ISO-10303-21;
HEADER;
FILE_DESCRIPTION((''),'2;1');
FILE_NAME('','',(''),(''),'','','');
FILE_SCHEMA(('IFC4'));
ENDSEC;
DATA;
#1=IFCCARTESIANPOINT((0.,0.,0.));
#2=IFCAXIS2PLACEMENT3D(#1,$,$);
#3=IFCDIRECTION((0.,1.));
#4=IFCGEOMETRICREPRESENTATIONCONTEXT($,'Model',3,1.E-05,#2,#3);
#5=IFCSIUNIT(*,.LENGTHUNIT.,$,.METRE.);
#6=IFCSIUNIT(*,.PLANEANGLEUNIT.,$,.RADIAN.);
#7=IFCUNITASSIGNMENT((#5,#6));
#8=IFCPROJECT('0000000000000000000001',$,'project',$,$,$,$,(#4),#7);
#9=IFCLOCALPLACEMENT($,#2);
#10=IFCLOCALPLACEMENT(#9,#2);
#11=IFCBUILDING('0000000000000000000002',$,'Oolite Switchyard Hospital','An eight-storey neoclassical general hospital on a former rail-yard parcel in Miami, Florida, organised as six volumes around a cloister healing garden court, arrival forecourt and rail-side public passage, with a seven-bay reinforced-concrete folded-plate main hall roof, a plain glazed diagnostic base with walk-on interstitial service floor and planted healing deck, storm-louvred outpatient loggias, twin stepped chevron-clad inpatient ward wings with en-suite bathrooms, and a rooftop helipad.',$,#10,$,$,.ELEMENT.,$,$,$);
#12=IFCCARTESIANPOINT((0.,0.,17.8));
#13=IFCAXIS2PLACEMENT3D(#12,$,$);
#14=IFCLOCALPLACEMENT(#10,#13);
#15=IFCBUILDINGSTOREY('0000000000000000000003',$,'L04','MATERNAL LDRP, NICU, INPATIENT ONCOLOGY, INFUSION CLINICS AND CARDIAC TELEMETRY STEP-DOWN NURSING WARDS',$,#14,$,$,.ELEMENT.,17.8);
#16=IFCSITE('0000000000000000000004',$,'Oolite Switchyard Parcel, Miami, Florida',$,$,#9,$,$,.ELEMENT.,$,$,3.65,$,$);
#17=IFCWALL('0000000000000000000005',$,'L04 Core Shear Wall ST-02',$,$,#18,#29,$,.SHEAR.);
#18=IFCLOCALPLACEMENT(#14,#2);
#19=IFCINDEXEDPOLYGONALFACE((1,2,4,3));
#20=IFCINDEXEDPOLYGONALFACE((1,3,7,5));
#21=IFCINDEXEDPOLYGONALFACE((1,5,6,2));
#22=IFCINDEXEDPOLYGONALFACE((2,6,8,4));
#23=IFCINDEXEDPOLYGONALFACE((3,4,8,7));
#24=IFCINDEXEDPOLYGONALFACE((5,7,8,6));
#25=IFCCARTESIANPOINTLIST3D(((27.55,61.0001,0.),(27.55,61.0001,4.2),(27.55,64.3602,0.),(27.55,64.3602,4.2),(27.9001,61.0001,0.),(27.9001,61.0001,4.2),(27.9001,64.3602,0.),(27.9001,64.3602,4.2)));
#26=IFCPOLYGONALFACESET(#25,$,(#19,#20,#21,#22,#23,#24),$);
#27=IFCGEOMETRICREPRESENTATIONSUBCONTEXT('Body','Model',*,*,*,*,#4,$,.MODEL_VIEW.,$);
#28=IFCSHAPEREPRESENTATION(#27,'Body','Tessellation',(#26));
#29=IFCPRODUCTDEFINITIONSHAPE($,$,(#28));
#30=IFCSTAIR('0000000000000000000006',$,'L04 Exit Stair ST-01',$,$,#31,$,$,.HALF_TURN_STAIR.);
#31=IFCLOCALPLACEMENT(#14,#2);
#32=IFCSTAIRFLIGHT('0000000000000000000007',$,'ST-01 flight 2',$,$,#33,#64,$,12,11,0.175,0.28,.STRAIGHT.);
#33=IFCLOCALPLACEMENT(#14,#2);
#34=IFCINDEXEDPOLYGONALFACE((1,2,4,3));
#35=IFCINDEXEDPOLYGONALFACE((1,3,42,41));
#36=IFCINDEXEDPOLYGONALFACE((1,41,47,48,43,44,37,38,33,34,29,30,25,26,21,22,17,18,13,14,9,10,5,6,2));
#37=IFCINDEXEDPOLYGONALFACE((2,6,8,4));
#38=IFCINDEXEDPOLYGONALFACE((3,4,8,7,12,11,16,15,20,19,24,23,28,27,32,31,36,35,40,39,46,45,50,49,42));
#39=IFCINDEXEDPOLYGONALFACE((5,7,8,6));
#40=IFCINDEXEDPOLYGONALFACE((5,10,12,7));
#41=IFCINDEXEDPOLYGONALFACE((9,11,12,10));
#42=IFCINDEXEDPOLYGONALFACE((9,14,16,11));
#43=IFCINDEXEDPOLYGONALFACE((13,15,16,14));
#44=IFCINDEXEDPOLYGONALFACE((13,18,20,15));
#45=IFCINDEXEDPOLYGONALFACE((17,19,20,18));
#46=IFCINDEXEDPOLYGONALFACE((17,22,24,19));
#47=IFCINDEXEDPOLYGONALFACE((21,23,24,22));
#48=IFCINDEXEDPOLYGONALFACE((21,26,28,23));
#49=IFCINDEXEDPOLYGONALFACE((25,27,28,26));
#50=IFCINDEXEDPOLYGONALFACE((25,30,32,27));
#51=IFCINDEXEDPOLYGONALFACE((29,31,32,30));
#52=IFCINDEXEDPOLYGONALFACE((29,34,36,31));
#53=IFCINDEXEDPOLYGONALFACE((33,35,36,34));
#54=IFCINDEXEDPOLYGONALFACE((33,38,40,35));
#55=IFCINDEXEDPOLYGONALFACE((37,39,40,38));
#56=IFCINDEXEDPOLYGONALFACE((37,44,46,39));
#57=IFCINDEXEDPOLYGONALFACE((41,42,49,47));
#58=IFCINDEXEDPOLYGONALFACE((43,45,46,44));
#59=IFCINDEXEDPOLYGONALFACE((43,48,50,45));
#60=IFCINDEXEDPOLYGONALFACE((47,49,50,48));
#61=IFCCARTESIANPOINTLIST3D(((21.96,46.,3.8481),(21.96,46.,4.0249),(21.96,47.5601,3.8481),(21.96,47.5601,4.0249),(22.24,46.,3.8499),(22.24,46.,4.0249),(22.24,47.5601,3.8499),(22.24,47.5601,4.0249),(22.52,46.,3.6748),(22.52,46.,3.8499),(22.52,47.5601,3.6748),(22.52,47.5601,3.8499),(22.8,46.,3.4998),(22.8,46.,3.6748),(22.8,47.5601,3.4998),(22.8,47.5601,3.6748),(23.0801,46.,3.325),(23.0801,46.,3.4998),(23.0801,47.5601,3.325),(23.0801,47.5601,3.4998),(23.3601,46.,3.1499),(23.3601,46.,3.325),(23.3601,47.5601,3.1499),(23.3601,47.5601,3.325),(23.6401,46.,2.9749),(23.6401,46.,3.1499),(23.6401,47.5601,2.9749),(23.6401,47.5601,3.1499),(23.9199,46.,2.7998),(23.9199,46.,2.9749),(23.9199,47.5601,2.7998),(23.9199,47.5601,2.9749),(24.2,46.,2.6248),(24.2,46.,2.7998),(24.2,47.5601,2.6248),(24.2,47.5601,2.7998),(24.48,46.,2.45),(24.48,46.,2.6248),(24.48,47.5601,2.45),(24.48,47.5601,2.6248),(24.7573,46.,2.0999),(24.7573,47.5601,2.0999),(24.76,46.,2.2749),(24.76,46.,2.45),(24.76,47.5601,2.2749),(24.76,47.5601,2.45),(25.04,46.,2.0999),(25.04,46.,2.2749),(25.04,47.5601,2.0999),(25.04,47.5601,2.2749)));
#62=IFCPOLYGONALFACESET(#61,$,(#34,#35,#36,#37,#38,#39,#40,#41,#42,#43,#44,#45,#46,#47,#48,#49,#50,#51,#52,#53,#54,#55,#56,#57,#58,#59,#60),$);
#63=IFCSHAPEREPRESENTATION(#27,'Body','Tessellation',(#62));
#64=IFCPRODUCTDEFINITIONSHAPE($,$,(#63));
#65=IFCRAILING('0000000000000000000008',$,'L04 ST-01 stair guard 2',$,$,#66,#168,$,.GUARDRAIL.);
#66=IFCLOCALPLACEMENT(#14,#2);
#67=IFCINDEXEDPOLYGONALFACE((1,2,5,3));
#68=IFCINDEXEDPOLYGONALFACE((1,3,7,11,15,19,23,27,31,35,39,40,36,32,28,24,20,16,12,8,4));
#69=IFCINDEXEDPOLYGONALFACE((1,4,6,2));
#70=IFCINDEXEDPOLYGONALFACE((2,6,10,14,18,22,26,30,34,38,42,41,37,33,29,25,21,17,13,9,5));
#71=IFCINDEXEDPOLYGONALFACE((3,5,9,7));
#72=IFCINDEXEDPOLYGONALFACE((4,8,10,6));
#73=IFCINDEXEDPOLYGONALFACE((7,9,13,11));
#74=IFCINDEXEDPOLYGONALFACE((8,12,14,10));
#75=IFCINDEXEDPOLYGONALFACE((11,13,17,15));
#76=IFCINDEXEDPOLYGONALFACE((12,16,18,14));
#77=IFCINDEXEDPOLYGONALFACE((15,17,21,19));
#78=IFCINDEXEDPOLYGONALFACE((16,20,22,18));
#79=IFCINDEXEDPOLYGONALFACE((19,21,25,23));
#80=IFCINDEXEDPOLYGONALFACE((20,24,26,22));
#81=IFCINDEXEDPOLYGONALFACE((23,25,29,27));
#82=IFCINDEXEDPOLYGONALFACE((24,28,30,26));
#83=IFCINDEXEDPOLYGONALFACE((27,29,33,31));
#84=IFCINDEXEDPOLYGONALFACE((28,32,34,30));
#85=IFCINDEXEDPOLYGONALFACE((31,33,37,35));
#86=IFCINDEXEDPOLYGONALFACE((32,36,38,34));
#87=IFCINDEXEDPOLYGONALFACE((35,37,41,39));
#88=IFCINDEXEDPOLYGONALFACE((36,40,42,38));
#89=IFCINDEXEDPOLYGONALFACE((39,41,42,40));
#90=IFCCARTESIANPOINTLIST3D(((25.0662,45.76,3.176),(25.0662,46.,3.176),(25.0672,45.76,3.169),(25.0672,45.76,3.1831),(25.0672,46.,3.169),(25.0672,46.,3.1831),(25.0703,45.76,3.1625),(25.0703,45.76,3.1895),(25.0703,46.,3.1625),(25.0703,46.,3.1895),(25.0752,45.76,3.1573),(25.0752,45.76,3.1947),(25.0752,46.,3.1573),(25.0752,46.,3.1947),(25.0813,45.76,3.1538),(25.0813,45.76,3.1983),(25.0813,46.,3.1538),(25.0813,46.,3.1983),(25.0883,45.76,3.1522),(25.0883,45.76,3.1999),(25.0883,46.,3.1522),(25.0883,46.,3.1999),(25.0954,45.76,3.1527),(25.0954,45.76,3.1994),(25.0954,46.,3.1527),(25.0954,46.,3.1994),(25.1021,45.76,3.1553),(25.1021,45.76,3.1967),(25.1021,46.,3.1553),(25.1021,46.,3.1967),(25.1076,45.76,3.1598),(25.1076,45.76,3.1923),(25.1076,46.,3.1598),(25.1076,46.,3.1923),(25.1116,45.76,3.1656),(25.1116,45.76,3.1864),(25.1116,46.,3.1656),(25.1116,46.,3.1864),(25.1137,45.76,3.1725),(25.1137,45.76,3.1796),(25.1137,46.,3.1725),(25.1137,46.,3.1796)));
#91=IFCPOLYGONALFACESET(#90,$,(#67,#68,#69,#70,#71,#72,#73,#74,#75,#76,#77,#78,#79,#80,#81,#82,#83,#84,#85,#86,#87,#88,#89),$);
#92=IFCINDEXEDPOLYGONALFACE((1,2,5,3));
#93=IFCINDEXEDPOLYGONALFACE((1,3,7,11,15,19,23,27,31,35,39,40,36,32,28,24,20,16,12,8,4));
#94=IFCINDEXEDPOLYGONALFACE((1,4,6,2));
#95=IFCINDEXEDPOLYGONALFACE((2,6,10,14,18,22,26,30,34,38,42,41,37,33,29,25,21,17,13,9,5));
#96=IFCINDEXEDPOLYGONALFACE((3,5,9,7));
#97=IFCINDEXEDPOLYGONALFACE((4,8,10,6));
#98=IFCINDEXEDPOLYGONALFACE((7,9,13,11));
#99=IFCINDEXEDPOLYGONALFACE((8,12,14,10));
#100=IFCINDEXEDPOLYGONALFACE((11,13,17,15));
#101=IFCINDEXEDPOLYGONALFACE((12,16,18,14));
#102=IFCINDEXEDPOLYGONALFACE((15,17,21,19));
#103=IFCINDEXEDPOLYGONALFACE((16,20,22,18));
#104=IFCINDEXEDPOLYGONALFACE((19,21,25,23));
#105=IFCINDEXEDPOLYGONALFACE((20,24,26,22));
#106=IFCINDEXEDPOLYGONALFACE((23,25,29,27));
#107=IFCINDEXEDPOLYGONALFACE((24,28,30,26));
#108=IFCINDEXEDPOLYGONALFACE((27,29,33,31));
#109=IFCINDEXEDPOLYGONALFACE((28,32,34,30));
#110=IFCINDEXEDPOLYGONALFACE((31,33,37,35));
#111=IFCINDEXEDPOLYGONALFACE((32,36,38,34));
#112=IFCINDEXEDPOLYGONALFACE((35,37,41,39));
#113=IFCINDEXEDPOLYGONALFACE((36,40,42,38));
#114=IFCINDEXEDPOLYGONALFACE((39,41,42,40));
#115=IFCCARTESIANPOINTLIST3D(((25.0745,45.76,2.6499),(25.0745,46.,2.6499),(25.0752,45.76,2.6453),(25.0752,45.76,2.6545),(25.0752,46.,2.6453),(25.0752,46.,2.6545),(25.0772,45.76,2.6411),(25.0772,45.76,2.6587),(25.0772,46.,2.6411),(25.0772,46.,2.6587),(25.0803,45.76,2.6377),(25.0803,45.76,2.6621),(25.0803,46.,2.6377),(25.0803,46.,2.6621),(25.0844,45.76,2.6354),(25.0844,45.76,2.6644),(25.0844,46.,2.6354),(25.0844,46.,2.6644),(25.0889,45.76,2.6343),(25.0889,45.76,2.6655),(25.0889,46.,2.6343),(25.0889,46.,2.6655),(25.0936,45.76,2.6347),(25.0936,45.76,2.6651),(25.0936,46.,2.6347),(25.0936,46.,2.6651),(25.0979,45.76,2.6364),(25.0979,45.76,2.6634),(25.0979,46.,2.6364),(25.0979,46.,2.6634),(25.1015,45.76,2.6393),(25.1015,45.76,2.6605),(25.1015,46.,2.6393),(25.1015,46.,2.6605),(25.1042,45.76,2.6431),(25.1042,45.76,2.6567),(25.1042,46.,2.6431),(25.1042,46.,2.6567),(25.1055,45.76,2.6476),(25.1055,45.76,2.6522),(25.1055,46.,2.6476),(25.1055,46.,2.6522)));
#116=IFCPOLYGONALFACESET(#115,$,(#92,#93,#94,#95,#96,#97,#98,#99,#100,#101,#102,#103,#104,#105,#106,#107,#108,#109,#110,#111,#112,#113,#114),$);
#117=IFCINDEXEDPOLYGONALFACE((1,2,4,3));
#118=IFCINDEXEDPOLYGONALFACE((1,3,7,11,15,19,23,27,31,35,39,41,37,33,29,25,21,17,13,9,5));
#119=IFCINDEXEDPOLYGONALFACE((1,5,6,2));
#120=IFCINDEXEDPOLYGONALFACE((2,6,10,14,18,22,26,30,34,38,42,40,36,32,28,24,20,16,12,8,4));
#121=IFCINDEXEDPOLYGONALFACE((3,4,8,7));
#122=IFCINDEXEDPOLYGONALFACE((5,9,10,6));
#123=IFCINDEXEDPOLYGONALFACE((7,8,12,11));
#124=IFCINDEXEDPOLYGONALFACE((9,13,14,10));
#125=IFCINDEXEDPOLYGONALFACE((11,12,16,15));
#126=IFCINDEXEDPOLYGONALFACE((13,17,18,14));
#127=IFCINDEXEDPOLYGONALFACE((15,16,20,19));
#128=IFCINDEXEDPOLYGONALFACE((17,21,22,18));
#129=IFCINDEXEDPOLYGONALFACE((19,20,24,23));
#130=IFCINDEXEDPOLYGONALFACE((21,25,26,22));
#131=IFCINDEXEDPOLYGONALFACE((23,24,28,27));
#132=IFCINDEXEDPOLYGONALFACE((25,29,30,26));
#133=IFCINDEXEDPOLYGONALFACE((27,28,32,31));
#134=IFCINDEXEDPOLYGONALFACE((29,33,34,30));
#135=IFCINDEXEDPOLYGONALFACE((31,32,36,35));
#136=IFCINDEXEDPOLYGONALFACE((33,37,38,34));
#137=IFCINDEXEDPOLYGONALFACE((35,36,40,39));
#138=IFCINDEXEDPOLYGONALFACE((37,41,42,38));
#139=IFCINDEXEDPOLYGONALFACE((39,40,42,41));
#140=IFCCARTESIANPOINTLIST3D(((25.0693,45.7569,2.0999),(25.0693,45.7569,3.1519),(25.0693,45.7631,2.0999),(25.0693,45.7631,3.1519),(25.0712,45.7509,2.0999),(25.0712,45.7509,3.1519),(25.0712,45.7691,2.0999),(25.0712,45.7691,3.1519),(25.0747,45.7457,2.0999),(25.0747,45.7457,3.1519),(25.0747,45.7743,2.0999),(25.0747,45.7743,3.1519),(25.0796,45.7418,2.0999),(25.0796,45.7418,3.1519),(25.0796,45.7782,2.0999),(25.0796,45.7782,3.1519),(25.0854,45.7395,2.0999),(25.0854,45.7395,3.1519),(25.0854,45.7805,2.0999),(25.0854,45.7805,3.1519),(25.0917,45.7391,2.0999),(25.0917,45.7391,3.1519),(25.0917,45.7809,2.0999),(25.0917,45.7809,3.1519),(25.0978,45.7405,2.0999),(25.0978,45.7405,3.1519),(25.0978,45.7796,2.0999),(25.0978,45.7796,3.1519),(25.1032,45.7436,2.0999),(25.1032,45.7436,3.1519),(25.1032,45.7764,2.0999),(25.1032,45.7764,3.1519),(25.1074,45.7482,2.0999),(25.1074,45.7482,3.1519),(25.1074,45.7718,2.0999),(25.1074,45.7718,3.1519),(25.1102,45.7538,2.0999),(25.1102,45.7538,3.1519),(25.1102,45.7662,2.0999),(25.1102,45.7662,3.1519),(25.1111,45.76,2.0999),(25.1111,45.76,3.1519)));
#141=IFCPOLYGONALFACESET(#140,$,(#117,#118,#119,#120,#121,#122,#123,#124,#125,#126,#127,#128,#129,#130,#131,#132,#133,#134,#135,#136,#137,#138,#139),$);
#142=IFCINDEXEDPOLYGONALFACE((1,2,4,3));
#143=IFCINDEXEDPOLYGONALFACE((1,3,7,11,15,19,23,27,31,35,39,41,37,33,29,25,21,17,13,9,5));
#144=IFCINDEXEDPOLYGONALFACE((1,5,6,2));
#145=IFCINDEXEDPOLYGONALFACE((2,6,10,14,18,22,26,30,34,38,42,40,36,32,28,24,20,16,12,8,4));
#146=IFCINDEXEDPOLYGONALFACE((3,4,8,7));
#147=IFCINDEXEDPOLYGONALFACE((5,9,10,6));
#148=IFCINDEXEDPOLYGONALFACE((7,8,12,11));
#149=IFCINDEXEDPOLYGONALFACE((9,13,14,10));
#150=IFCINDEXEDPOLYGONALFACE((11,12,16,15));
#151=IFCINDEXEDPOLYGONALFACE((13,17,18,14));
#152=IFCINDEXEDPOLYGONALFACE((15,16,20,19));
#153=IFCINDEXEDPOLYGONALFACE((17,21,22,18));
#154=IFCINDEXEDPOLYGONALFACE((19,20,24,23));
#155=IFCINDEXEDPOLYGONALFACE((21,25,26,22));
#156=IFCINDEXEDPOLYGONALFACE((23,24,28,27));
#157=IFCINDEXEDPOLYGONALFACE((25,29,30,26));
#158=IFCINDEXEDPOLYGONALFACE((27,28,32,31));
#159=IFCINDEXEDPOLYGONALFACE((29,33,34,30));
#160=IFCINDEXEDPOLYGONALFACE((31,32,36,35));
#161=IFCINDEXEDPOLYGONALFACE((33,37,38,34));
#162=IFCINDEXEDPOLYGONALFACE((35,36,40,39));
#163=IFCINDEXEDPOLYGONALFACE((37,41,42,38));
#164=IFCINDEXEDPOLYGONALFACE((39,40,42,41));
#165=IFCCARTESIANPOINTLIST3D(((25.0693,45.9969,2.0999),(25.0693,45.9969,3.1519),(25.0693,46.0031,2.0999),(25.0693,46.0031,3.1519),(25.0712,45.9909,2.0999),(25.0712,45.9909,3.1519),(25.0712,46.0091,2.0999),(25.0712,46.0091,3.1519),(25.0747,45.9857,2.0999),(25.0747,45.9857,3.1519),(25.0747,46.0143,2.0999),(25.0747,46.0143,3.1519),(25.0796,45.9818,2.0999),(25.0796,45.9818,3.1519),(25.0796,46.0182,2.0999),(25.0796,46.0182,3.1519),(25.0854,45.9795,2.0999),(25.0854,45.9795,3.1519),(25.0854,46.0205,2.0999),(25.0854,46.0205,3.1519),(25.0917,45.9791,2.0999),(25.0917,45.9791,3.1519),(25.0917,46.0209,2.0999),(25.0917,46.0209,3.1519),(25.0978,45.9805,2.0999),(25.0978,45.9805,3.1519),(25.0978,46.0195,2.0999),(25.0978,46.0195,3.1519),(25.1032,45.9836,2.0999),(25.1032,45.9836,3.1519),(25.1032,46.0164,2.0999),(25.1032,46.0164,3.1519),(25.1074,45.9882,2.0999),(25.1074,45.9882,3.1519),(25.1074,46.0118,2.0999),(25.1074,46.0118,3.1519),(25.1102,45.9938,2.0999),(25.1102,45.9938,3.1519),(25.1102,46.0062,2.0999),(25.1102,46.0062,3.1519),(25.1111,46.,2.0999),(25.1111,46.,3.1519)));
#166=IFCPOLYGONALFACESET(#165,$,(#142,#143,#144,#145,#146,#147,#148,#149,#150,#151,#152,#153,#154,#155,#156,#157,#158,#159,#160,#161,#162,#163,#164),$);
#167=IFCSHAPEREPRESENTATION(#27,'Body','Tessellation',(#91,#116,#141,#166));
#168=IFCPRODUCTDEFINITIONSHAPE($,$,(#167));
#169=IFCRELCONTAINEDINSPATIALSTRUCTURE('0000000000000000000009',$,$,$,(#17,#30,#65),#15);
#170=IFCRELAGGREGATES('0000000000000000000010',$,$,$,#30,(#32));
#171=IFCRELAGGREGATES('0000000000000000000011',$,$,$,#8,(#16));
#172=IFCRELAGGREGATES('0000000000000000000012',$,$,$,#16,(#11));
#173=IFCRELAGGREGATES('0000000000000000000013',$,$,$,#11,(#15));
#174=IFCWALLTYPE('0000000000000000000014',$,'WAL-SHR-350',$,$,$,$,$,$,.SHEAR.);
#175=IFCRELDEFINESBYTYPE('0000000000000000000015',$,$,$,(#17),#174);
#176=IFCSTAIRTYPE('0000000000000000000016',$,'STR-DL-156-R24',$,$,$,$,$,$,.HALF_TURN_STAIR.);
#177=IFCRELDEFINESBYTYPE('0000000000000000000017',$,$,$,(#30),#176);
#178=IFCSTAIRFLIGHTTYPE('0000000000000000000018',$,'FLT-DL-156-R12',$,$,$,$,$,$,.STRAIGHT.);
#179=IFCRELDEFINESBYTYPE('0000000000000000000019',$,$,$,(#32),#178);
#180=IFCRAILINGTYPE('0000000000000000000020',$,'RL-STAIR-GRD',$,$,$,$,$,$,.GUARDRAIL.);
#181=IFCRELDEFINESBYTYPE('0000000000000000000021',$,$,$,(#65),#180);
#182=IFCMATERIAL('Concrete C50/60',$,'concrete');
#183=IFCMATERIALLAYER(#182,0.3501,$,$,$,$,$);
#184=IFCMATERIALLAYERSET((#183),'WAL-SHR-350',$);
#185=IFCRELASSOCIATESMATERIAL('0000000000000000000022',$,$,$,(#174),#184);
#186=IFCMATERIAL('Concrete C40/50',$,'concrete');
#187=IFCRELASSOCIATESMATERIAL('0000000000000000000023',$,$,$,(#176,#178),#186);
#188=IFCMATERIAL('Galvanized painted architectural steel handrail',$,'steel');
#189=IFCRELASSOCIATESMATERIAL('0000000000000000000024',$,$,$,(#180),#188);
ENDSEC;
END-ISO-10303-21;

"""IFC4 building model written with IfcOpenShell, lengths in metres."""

from ifc_helpers import new_model, si_unit, direction, frame, frame_2d, origin, origin_2d, place, context, subcontext, project, spatial, polyline, rectangle, circle, outline, extrude, material, layer, layer_set, type_object, element, aggregate, save


model = new_model("IFC4")

# Units and contexts
model_context = context("Model", 3, precision=1e-05, world=origin(), true_north=direction((0.0, 1.0)))
body_context = subcontext(model_context, "Body", "Model", "MODEL_VIEW")
ifc_project = project(units=[si_unit("LENGTHUNIT", "METRE"), si_unit("PLANEANGLEUNIT", "RADIAN")], contexts=[model_context])

# Site, building, storey
site_placement = place(None, origin())
site = spatial("IfcSite", under=ifc_project, at=site_placement, Name="Oolite Switchyard Parcel, Miami, Florida", CompositionType="ELEMENT", RefElevation=3.65)
building_placement = place(site_placement, origin())
building = spatial("IfcBuilding", under=site, at=building_placement, Name="Oolite Switchyard Hospital", Description="An eight-storey neoclassical general hospital on a former rail-yard parcel in Miami, Florida, organised as six volumes around a cloister healing garden court, arrival forecourt and rail-side public passage, with a seven-bay reinforced-concrete folded-plate main hall roof, a plain glazed diagnostic base with walk-on interstitial service floor and planted healing deck, storm-louvred outpatient loggias, twin stepped chevron-clad inpatient ward wings with en-suite bathrooms, and a rooftop helipad.", CompositionType="ELEMENT")
storey_placement = place(building_placement, frame((0.0, 0.0, 17.8)))
storey = spatial("IfcBuildingStorey", under=building, at=storey_placement, Name="L04", Description="MATERNAL LDRP, NICU, INPATIENT ONCOLOGY, INFUSION CLINICS AND CARDIAC TELEMETRY STEP-DOWN NURSING WARDS", CompositionType="ELEMENT", Elevation=17.8)

# Shared definitions
ifc_material_1 = material(Name="Concrete C50/60", Category="concrete")

# Shared definitions
ifc_material_2 = material(Name="Concrete C40/50", Category="concrete")

# Wall
ifc_layer_1 = layer(ifc_material_1, 0.3501)
ifc_layer_set_1 = layer_set([ifc_layer_1], Name="WAL-SHR-350")
wall_type_1 = type_object("IfcWallType", Name="WAL-SHR-350", PredefinedType="SHEAR", material=ifc_layer_set_1)
wall_1_placement = place(storey_placement, frame((27.7251, 61.0, 0.0), z_axis=(0.0, 0.0, 1.0), x_axis=(0.0, 1.0, 0.0)))
element("IfcWall", 1, at=wall_1_placement, inside=storey, type_object=wall_type_1, Name="L04 Core Shear Wall ST-02", PredefinedType="SHEAR", context=body_context, shape_type="SweptSolid", body=[
    extrude(rectangle(XDim=3.3601, YDim=0.3501, at=frame_2d((1.6802, 0.0))), origin(), (0.0, 0.0, 1.0), 4.2),
])

# Stair, stair flight
stair_type = type_object("IfcStairType", Name="STR-DL-156-R24", PredefinedType="HALF_TURN_STAIR", material=ifc_material_2)
stair_placement = place(storey_placement, origin())
stair = element("IfcStair", 2, at=stair_placement, inside=storey, type_object=stair_type, Name="L04 Exit Stair ST-01", PredefinedType="HALF_TURN_STAIR")
stair_flight_type = type_object("IfcStairFlightType", Name="FLT-DL-156-R12", PredefinedType="STRAIGHT", material=ifc_material_2)
stair_flight_placement = place(storey_placement, frame((25.04, 46.78, 2.0999), z_axis=(0.0, 0.0, 1.0), x_axis=(-1.0, 0.0, 0.0)))
stair_flight = element("IfcStairFlight", 3, at=stair_flight_placement, type_object=stair_flight_type, Name="ST-01 flight 2", NumberOfRisers=12, NumberOfTreads=11, PredefinedType="STRAIGHT", RiserHeight=0.175, TreadLength=0.28, context=body_context, shape_type="SweptSolid", body=[
    extrude(outline(polyline([(0.0, 0.0), (0.0, 0.175), (0.28, 0.175), (0.28, 0.3501), (0.5601, 0.3501), (0.5601, 0.5249), (0.8401, 0.5249), (0.8401, 0.7), (1.1201, 0.7), (1.1201, 0.875), (1.3999, 0.875), (1.3999, 1.05), (1.6799, 1.05), (1.6799, 1.2251), (1.96, 1.2251), (1.96, 1.3999), (2.24, 1.3999), (2.24, 1.575), (2.52, 1.575), (2.52, 1.75), (2.8, 1.75), (2.8, 1.925), (3.0801, 1.925), (3.0801, 2.1001), (3.0801, 1.7483), (0.2827, 0.0), (0.0, 0.0)])), frame((0.0, 0.78, 0.0), z_axis=(0.0, -1.0, 0.0), x_axis=(1.0, 0.0, 0.0)), (0.0, 0.0, 1.0), 1.5601),
])
aggregate(stair, [stair_flight])

# Railing
ifc_material_3 = material(Name="Galvanized painted architectural steel handrail", Category="steel")
railing_type_1 = type_object("IfcRailingType", Name="RL-STAIR-GRD", PredefinedType="GUARDRAIL", material=ifc_material_3)
railing_1_placement = place(storey_placement, frame((25.0901, 45.76, 2.0999)))
element("IfcRailing", 4, at=railing_1_placement, inside=storey, type_object=railing_type_1, Name="L04 ST-01 stair guard 2", PredefinedType="GUARDRAIL", context=body_context, shape_type="SweptSolid", body=[
    extrude(circle(Radius=0.0239, at=origin_2d()), frame((0.0, 0.0, 1.0762), z_axis=(0.0, 1.0, 0.0), x_axis=(-1.0, 0.0, 0.0)), (0.0, 0.0, 1.0), 0.24),
    extrude(circle(Radius=0.0156, at=origin_2d()), frame((0.0, 0.0, 0.55), z_axis=(0.0, 1.0, 0.0), x_axis=(-1.0, 0.0, 0.0)), (0.0, 0.0, 1.0), 0.24),
    extrude(circle(Radius=0.021, at=origin_2d()), origin(), (0.0, 0.0, 1.0), 1.052),
    extrude(circle(Radius=0.021, at=origin_2d()), frame((0.0, 0.24, 0.0)), (0.0, 0.0, 1.0), 1.052),
])

save(model, "model.ifc")
